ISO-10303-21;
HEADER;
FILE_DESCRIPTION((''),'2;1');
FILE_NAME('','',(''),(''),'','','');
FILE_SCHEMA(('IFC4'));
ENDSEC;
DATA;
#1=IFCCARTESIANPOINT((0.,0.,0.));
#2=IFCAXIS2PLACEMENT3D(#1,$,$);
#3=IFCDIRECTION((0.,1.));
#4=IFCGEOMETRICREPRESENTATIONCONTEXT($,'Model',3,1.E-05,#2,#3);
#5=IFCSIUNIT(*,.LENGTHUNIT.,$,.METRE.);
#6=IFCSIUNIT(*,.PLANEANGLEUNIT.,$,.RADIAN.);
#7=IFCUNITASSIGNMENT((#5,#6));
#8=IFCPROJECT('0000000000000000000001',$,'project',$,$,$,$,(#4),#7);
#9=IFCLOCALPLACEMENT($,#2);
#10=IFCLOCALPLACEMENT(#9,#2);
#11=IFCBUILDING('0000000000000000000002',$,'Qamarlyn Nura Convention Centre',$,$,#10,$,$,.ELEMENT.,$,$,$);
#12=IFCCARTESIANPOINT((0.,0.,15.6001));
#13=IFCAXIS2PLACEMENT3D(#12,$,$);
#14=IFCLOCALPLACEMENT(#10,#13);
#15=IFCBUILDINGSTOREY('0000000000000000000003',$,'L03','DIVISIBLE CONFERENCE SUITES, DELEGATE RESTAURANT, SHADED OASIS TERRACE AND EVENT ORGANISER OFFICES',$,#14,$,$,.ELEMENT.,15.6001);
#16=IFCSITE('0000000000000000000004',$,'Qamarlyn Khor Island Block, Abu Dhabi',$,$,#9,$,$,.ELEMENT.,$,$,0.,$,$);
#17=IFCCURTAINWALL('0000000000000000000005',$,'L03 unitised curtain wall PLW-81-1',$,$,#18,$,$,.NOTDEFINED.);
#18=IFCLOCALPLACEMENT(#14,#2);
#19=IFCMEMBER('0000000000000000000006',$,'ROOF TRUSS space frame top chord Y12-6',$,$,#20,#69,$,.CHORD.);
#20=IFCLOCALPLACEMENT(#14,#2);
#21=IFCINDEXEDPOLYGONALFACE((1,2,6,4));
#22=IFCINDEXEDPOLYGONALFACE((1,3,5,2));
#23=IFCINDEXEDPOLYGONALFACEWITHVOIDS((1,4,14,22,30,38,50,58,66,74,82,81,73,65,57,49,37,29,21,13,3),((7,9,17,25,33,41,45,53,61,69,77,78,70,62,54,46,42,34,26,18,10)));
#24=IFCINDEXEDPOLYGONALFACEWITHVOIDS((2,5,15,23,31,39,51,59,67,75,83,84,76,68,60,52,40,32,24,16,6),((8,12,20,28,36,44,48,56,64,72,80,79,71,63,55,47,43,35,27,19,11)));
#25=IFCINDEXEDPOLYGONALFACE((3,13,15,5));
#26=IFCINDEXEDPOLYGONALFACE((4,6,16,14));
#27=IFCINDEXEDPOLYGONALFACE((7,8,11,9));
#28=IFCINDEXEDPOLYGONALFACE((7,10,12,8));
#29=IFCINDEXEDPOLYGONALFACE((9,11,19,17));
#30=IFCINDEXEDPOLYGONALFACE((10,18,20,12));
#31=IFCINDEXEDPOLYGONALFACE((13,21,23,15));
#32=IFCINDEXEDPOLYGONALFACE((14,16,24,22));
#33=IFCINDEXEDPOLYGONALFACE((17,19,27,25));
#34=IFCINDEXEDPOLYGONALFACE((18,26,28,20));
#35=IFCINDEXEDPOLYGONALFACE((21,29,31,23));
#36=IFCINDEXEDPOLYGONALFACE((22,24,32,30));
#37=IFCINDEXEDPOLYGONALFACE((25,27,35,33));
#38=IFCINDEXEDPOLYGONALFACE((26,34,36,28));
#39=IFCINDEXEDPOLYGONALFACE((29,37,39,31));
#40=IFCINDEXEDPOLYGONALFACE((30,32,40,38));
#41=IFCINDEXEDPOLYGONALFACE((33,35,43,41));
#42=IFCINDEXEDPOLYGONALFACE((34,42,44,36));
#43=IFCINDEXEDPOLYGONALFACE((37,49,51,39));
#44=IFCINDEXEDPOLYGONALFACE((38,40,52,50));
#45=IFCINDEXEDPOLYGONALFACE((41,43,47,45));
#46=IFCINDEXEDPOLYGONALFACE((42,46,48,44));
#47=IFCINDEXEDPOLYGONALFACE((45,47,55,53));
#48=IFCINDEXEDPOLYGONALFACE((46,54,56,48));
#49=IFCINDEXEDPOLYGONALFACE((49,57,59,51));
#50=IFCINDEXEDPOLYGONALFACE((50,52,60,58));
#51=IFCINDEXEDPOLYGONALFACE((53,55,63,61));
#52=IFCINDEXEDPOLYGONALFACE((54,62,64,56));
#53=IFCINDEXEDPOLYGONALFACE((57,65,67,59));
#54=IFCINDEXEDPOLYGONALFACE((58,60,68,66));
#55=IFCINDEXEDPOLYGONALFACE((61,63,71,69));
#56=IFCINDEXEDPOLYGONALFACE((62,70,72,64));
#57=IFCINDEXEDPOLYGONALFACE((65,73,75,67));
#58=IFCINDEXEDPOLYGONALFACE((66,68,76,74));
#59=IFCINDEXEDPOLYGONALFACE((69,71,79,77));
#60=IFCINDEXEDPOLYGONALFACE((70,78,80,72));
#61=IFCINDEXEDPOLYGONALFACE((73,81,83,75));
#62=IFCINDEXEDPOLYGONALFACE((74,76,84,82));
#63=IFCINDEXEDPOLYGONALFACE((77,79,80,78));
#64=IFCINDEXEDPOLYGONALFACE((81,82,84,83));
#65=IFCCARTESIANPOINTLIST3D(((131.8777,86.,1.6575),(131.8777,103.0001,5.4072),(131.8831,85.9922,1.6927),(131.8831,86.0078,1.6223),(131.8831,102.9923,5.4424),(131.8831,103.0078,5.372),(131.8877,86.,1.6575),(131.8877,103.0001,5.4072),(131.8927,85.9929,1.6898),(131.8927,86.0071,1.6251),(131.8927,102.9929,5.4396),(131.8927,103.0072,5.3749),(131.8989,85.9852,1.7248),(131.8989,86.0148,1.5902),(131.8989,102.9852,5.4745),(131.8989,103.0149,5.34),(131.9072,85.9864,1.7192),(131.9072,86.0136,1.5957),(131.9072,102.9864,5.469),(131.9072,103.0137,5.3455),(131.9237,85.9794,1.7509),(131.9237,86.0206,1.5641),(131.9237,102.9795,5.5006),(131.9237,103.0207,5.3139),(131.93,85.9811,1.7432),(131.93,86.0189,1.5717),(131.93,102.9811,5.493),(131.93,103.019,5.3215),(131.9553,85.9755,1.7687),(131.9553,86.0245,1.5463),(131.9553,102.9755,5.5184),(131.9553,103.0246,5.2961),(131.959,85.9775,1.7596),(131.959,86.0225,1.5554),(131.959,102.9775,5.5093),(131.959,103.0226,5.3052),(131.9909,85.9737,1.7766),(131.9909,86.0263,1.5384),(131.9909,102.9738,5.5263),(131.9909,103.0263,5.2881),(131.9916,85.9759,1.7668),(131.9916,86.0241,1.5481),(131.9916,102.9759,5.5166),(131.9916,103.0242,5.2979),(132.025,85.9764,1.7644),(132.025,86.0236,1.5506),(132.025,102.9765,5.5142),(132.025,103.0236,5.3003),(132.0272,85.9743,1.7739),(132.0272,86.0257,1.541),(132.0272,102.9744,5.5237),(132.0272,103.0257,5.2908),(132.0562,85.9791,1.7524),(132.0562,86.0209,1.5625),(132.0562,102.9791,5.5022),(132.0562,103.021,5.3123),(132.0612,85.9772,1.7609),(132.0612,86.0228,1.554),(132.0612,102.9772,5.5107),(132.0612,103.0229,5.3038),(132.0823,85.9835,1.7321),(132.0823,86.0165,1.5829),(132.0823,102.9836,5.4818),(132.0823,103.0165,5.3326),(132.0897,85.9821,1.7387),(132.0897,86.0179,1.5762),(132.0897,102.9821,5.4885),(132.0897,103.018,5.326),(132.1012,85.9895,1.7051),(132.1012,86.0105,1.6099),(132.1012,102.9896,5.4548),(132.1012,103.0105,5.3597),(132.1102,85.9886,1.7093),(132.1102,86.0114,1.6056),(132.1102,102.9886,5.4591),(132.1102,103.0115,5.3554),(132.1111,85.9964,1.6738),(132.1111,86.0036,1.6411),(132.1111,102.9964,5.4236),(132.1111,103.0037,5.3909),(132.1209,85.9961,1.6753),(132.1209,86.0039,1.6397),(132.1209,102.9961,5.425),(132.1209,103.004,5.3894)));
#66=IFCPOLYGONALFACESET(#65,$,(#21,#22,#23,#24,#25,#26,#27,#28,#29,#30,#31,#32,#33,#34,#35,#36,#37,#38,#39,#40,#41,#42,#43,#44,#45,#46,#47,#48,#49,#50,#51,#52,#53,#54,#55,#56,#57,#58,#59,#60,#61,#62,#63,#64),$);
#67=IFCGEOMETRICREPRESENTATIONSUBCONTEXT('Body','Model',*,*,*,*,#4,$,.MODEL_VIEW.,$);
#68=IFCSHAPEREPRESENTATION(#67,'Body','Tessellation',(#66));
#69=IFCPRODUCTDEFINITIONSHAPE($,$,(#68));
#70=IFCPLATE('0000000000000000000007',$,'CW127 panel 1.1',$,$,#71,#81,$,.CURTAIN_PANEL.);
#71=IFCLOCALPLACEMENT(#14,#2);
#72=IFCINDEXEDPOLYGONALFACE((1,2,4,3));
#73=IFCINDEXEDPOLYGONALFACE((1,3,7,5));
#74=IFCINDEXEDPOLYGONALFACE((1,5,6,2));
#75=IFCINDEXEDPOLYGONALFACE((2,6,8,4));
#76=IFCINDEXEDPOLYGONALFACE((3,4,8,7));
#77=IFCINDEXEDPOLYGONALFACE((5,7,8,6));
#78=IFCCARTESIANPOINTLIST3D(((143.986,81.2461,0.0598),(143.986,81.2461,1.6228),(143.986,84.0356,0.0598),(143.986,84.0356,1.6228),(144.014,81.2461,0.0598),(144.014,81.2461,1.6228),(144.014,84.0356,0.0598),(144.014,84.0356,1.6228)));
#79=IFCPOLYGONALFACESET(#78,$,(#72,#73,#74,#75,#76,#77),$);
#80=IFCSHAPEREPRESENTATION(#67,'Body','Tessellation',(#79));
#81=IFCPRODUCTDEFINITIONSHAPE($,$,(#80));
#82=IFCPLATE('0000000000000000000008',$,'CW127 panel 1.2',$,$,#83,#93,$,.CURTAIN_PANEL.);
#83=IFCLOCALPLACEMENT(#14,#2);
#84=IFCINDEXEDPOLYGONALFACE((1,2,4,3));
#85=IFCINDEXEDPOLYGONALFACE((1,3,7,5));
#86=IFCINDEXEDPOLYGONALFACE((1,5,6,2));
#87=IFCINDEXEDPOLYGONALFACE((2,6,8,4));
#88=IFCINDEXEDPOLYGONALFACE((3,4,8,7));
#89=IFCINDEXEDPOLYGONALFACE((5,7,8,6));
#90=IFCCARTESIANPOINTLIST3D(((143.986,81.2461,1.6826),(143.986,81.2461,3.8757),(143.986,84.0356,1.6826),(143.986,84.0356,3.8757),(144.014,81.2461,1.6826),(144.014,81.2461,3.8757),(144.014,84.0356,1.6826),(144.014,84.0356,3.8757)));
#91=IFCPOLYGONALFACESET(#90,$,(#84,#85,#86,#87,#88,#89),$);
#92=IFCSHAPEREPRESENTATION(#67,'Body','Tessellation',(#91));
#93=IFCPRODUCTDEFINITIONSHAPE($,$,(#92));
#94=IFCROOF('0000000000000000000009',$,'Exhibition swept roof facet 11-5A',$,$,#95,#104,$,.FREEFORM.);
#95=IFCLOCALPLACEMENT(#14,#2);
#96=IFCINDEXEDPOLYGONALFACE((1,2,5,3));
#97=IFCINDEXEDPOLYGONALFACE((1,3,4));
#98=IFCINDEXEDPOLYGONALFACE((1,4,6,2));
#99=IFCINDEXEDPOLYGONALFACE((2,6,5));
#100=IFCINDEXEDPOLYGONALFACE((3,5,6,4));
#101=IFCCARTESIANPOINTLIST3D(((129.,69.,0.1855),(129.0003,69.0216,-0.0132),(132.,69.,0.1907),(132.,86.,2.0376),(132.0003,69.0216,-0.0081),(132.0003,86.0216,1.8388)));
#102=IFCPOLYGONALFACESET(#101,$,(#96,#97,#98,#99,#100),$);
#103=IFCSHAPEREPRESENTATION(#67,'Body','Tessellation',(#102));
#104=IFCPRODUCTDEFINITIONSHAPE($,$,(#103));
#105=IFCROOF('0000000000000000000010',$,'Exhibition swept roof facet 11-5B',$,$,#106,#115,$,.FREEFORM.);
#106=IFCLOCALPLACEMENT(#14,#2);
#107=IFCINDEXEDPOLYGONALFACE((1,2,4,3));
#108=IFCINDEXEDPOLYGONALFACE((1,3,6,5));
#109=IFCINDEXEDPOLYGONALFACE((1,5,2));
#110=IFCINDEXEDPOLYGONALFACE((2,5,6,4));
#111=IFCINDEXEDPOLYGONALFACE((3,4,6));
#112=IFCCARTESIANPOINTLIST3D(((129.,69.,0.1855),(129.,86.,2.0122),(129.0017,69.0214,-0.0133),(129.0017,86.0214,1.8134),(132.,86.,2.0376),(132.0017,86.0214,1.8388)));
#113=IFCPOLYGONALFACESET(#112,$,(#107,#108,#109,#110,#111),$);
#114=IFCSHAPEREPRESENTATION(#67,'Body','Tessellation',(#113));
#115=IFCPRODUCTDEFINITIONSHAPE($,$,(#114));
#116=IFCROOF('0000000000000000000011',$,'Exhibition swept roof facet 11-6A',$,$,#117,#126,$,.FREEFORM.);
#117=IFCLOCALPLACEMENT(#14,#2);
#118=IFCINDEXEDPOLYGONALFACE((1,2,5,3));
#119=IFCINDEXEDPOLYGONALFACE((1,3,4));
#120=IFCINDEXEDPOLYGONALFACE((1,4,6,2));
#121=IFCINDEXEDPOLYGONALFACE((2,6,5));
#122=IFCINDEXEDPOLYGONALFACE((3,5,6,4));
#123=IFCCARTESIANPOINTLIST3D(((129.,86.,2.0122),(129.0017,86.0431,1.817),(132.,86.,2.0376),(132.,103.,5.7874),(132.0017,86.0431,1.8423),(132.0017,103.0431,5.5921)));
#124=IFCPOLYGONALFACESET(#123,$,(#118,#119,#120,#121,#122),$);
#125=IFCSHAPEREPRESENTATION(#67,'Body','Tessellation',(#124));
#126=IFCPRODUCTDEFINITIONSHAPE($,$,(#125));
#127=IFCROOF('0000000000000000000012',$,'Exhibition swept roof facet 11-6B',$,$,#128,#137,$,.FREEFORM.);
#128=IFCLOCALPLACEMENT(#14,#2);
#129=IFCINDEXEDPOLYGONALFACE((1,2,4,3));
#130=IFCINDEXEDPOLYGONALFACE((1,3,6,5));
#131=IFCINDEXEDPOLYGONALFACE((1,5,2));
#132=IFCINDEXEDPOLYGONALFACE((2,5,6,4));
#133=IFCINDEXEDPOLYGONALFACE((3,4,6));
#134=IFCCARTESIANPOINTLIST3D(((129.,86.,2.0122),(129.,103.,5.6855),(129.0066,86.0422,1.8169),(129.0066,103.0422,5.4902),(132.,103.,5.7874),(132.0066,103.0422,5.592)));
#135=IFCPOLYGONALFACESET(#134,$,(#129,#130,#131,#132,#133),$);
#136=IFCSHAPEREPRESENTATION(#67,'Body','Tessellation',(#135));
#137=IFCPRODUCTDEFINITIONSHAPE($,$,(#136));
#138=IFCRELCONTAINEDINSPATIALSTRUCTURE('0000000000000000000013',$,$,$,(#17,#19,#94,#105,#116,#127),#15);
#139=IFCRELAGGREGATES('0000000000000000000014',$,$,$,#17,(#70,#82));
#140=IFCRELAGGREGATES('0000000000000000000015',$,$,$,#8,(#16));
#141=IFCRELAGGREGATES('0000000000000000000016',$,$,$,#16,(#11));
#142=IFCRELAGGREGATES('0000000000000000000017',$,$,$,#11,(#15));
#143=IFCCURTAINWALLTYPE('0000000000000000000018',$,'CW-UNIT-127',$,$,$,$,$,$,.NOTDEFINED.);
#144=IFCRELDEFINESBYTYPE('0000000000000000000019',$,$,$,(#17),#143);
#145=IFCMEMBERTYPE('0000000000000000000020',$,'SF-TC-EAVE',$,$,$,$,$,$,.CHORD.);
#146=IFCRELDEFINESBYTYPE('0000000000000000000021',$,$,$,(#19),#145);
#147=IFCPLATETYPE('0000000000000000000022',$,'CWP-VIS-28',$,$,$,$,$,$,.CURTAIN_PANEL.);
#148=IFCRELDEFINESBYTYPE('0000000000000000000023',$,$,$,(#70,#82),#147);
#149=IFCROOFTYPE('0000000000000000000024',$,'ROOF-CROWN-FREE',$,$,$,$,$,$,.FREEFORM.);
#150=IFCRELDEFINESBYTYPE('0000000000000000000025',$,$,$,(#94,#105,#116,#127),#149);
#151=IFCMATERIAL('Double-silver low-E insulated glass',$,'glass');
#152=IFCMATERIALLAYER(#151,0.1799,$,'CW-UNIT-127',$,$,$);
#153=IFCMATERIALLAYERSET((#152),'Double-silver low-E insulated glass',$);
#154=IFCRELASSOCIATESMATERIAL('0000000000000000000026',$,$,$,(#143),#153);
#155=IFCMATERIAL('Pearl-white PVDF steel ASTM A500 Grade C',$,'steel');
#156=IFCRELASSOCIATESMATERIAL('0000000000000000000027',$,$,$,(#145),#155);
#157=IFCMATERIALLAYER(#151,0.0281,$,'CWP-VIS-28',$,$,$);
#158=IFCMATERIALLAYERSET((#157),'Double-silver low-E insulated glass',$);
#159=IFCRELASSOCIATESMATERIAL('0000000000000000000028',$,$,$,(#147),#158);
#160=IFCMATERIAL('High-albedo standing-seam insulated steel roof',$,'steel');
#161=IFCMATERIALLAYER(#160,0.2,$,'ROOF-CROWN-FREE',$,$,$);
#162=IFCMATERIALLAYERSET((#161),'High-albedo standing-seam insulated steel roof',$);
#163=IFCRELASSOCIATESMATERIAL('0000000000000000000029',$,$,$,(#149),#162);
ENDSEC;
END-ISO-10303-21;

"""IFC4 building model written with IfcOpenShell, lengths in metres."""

from ifc_helpers import new_model, si_unit, direction, frame, origin, origin_2d, place, context, subcontext, project, spatial, polyline, rectangle, hollow_circle, outline, extrude, material, layer, layer_set, material_profile, profile_set, type_object, element, aggregate, save


model = new_model("IFC4")

# Units and contexts
model_context = context("Model", 3, precision=1e-05, world=origin(), true_north=direction((0.0, 1.0)))
body_context = subcontext(model_context, "Body", "Model", "MODEL_VIEW")
ifc_project = project(units=[si_unit("LENGTHUNIT", "METRE"), si_unit("PLANEANGLEUNIT", "RADIAN")], contexts=[model_context])

# Site, building, storey
site_placement = place(None, origin())
site = spatial("IfcSite", under=ifc_project, at=site_placement, Name="Qamarlyn Khor Island Block, Abu Dhabi", CompositionType="ELEMENT", RefElevation=0.0)
building_placement = place(site_placement, origin())
building = spatial("IfcBuilding", under=site, at=building_placement, Name="Qamarlyn Nura Convention Centre", CompositionType="ELEMENT")
storey_placement = place(building_placement, frame((0.0, 0.0, 15.6001)))
storey = spatial("IfcBuildingStorey", under=building, at=storey_placement, Name="L03", Description="DIVISIBLE CONFERENCE SUITES, DELEGATE RESTAURANT, SHADED OASIS TERRACE AND EVENT ORGANISER OFFICES", CompositionType="ELEMENT", Elevation=15.6001)

# Curtain wall
ifc_material_1 = material(Name="Double-silver low-E insulated glass", Category="glass")
ifc_layer_1 = layer(ifc_material_1, 0.1799, Name="CW-UNIT-127")
ifc_layer_set_1 = layer_set([ifc_layer_1], Name="Double-silver low-E insulated glass")
curtain_wall_type = type_object("IfcCurtainWallType", Name="CW-UNIT-127", PredefinedType="NOTDEFINED", material=ifc_layer_set_1)
curtain_wall_placement = place(storey_placement, origin())
curtain_wall = element("IfcCurtainWall", 1, at=curtain_wall_placement, inside=storey, type_object=curtain_wall_type, Name="L03 unitised curtain wall PLW-81-1", PredefinedType="NOTDEFINED")

# Member
ifc_material_2 = material(Name="Pearl-white PVDF steel ASTM A500 Grade C", Category="steel")
ifc_material_profile_1 = material_profile(ifc_material_2, hollow_circle(Radius=0.1223, WallThickness=0.01, at=origin_2d()), Name="CHS244.5X10")
ifc_profile_set_1 = profile_set([ifc_material_profile_1], Name="Pearl-white PVDF steel ASTM A500 Grade C")
member_type_1 = type_object("IfcMemberType", Name="SF-TC-EAVE", PredefinedType="CHORD", material=ifc_profile_set_1)
member_1_placement = place(storey_placement, frame((132.0, 86.0, 1.6575), z_axis=(0.0, 0.976527, 0.215396), x_axis=(-1.0, 0.0, 0.0)))
element("IfcMember", 2, at=member_1_placement, inside=storey, type_object=member_type_1, Name="ROOF TRUSS space frame top chord Y12-6", PredefinedType="CHORD", context=body_context, shape_type="SweptSolid", body=[
    extrude(hollow_circle(Radius=0.1223, WallThickness=0.01, at=origin_2d()), origin(), (0.0, 0.0, 1.0), 17.4087),
])

# Plates
ifc_layer_2 = layer(ifc_material_1, 0.0281, Name="CWP-VIS-28")
ifc_layer_set_2 = layer_set([ifc_layer_2], Name="Double-silver low-E insulated glass")
plate_type = type_object("IfcPlateType", Name="CWP-VIS-28", PredefinedType="CURTAIN_PANEL", material=ifc_layer_set_2)
plate_1_placement = place(storey_placement, frame((144.0, 82.6409, 0.0598), z_axis=(0.0, 0.0, 1.0), x_axis=(0.0, 1.0, 0.0)))
plate_1 = element("IfcPlate", 3, at=plate_1_placement, type_object=plate_type, Name="CW127 panel 1.1", PredefinedType="CURTAIN_PANEL", context=body_context, shape_type="SweptSolid", body=[
    extrude(rectangle(XDim=2.7896, YDim=0.0281, at=origin_2d()), origin(), (0.0, 0.0, 1.0), 1.563),
])
plate_2_placement = place(storey_placement, frame((144.0, 82.6409, 1.6826), z_axis=(0.0, 0.0, 1.0), x_axis=(0.0, 1.0, 0.0)))
plate_2 = element("IfcPlate", 4, at=plate_2_placement, type_object=plate_type, Name="CW127 panel 1.2", PredefinedType="CURTAIN_PANEL", context=body_context, shape_type="SweptSolid", body=[
    extrude(rectangle(XDim=2.7896, YDim=0.0281, at=origin_2d()), origin(), (0.0, 0.0, 1.0), 2.1931),
])
aggregate(curtain_wall, [plate_1, plate_2])

# Roofs
ifc_material_3 = material(Name="High-albedo standing-seam insulated steel roof", Category="steel")
ifc_layer_3 = layer(ifc_material_3, 0.2, Name="ROOF-CROWN-FREE")
ifc_layer_set_3 = layer_set([ifc_layer_3], Name="High-albedo standing-seam insulated steel roof")
roof_type = type_object("IfcRoofType", Name="ROOF-CROWN-FREE", PredefinedType="FREEFORM", material=ifc_layer_set_3)
roof_1_placement = place(storey_placement, frame((129.0, 69.0, 0.1855), z_axis=(-0.001699, -0.108007, 0.994149), x_axis=(0.999999, 0.0, 0.001709)))
element("IfcRoof", 5, at=roof_1_placement, inside=storey, type_object=roof_type, Name="Exhibition swept roof facet 11-5A", PredefinedType="FREEFORM", context=body_context, shape_type="SweptSolid", body=[
    extrude(outline(polyline([(0.0, 0.0), (3.0, 0.0), (3.0032, 17.1), (0.0, 0.0)])), origin(), (0.0, 0.0, -1.0), 0.2),
])
roof_2_placement = place(storey_placement, frame((129.0, 69.0, 0.1855), z_axis=(-0.008415, -0.106832, 0.994241), x_axis=(0.172794, 0.979164, 0.106674)))
element("IfcRoof", 6, at=roof_2_placement, inside=storey, type_object=roof_type, Name="Exhibition swept roof facet 11-5B", PredefinedType="FREEFORM", context=body_context, shape_type="SweptSolid", body=[
    extrude(outline(polyline([(0.0, 0.0), (17.3617, 0.0), (16.8407, 2.9545), (0.0, 0.0)])), origin(), (0.0, 0.0, -1.0), 0.2),
])
roof_3_placement = place(storey_placement, frame((129.0, 86.0, 2.0122), z_axis=(-0.008265, -0.215389, 0.976493), x_axis=(0.999964, 0.0, 0.008463)))
element("IfcRoof", 7, at=roof_3_placement, inside=storey, type_object=roof_type, Name="Exhibition swept roof facet 11-6A", PredefinedType="FREEFORM", context=body_context, shape_type="SweptSolid", body=[
    extrude(outline(polyline([(0.0, 0.0), (3.0001, 0.0), (3.0318, 17.4086), (0.0, 0.0)])), origin(), (0.0, 0.0, -1.0), 0.2),
])
roof_4_placement = place(storey_placement, frame((129.0, 86.0, 2.0122), z_axis=(-0.033152, -0.211088, 0.976905), x_axis=(0.169773, 0.962047, 0.213639)))
element("IfcRoof", 8, at=roof_4_placement, inside=storey, type_object=roof_type, Name="Exhibition swept roof facet 11-6B", PredefinedType="FREEFORM", context=body_context, shape_type="SweptSolid", body=[
    extrude(outline(polyline([(0.0, 0.0), (17.6706, 0.0), (17.1396, 2.9544), (0.0, 0.0)])), origin(), (0.0, 0.0, -1.0), 0.2),
])

save(model, "model.ifc")
